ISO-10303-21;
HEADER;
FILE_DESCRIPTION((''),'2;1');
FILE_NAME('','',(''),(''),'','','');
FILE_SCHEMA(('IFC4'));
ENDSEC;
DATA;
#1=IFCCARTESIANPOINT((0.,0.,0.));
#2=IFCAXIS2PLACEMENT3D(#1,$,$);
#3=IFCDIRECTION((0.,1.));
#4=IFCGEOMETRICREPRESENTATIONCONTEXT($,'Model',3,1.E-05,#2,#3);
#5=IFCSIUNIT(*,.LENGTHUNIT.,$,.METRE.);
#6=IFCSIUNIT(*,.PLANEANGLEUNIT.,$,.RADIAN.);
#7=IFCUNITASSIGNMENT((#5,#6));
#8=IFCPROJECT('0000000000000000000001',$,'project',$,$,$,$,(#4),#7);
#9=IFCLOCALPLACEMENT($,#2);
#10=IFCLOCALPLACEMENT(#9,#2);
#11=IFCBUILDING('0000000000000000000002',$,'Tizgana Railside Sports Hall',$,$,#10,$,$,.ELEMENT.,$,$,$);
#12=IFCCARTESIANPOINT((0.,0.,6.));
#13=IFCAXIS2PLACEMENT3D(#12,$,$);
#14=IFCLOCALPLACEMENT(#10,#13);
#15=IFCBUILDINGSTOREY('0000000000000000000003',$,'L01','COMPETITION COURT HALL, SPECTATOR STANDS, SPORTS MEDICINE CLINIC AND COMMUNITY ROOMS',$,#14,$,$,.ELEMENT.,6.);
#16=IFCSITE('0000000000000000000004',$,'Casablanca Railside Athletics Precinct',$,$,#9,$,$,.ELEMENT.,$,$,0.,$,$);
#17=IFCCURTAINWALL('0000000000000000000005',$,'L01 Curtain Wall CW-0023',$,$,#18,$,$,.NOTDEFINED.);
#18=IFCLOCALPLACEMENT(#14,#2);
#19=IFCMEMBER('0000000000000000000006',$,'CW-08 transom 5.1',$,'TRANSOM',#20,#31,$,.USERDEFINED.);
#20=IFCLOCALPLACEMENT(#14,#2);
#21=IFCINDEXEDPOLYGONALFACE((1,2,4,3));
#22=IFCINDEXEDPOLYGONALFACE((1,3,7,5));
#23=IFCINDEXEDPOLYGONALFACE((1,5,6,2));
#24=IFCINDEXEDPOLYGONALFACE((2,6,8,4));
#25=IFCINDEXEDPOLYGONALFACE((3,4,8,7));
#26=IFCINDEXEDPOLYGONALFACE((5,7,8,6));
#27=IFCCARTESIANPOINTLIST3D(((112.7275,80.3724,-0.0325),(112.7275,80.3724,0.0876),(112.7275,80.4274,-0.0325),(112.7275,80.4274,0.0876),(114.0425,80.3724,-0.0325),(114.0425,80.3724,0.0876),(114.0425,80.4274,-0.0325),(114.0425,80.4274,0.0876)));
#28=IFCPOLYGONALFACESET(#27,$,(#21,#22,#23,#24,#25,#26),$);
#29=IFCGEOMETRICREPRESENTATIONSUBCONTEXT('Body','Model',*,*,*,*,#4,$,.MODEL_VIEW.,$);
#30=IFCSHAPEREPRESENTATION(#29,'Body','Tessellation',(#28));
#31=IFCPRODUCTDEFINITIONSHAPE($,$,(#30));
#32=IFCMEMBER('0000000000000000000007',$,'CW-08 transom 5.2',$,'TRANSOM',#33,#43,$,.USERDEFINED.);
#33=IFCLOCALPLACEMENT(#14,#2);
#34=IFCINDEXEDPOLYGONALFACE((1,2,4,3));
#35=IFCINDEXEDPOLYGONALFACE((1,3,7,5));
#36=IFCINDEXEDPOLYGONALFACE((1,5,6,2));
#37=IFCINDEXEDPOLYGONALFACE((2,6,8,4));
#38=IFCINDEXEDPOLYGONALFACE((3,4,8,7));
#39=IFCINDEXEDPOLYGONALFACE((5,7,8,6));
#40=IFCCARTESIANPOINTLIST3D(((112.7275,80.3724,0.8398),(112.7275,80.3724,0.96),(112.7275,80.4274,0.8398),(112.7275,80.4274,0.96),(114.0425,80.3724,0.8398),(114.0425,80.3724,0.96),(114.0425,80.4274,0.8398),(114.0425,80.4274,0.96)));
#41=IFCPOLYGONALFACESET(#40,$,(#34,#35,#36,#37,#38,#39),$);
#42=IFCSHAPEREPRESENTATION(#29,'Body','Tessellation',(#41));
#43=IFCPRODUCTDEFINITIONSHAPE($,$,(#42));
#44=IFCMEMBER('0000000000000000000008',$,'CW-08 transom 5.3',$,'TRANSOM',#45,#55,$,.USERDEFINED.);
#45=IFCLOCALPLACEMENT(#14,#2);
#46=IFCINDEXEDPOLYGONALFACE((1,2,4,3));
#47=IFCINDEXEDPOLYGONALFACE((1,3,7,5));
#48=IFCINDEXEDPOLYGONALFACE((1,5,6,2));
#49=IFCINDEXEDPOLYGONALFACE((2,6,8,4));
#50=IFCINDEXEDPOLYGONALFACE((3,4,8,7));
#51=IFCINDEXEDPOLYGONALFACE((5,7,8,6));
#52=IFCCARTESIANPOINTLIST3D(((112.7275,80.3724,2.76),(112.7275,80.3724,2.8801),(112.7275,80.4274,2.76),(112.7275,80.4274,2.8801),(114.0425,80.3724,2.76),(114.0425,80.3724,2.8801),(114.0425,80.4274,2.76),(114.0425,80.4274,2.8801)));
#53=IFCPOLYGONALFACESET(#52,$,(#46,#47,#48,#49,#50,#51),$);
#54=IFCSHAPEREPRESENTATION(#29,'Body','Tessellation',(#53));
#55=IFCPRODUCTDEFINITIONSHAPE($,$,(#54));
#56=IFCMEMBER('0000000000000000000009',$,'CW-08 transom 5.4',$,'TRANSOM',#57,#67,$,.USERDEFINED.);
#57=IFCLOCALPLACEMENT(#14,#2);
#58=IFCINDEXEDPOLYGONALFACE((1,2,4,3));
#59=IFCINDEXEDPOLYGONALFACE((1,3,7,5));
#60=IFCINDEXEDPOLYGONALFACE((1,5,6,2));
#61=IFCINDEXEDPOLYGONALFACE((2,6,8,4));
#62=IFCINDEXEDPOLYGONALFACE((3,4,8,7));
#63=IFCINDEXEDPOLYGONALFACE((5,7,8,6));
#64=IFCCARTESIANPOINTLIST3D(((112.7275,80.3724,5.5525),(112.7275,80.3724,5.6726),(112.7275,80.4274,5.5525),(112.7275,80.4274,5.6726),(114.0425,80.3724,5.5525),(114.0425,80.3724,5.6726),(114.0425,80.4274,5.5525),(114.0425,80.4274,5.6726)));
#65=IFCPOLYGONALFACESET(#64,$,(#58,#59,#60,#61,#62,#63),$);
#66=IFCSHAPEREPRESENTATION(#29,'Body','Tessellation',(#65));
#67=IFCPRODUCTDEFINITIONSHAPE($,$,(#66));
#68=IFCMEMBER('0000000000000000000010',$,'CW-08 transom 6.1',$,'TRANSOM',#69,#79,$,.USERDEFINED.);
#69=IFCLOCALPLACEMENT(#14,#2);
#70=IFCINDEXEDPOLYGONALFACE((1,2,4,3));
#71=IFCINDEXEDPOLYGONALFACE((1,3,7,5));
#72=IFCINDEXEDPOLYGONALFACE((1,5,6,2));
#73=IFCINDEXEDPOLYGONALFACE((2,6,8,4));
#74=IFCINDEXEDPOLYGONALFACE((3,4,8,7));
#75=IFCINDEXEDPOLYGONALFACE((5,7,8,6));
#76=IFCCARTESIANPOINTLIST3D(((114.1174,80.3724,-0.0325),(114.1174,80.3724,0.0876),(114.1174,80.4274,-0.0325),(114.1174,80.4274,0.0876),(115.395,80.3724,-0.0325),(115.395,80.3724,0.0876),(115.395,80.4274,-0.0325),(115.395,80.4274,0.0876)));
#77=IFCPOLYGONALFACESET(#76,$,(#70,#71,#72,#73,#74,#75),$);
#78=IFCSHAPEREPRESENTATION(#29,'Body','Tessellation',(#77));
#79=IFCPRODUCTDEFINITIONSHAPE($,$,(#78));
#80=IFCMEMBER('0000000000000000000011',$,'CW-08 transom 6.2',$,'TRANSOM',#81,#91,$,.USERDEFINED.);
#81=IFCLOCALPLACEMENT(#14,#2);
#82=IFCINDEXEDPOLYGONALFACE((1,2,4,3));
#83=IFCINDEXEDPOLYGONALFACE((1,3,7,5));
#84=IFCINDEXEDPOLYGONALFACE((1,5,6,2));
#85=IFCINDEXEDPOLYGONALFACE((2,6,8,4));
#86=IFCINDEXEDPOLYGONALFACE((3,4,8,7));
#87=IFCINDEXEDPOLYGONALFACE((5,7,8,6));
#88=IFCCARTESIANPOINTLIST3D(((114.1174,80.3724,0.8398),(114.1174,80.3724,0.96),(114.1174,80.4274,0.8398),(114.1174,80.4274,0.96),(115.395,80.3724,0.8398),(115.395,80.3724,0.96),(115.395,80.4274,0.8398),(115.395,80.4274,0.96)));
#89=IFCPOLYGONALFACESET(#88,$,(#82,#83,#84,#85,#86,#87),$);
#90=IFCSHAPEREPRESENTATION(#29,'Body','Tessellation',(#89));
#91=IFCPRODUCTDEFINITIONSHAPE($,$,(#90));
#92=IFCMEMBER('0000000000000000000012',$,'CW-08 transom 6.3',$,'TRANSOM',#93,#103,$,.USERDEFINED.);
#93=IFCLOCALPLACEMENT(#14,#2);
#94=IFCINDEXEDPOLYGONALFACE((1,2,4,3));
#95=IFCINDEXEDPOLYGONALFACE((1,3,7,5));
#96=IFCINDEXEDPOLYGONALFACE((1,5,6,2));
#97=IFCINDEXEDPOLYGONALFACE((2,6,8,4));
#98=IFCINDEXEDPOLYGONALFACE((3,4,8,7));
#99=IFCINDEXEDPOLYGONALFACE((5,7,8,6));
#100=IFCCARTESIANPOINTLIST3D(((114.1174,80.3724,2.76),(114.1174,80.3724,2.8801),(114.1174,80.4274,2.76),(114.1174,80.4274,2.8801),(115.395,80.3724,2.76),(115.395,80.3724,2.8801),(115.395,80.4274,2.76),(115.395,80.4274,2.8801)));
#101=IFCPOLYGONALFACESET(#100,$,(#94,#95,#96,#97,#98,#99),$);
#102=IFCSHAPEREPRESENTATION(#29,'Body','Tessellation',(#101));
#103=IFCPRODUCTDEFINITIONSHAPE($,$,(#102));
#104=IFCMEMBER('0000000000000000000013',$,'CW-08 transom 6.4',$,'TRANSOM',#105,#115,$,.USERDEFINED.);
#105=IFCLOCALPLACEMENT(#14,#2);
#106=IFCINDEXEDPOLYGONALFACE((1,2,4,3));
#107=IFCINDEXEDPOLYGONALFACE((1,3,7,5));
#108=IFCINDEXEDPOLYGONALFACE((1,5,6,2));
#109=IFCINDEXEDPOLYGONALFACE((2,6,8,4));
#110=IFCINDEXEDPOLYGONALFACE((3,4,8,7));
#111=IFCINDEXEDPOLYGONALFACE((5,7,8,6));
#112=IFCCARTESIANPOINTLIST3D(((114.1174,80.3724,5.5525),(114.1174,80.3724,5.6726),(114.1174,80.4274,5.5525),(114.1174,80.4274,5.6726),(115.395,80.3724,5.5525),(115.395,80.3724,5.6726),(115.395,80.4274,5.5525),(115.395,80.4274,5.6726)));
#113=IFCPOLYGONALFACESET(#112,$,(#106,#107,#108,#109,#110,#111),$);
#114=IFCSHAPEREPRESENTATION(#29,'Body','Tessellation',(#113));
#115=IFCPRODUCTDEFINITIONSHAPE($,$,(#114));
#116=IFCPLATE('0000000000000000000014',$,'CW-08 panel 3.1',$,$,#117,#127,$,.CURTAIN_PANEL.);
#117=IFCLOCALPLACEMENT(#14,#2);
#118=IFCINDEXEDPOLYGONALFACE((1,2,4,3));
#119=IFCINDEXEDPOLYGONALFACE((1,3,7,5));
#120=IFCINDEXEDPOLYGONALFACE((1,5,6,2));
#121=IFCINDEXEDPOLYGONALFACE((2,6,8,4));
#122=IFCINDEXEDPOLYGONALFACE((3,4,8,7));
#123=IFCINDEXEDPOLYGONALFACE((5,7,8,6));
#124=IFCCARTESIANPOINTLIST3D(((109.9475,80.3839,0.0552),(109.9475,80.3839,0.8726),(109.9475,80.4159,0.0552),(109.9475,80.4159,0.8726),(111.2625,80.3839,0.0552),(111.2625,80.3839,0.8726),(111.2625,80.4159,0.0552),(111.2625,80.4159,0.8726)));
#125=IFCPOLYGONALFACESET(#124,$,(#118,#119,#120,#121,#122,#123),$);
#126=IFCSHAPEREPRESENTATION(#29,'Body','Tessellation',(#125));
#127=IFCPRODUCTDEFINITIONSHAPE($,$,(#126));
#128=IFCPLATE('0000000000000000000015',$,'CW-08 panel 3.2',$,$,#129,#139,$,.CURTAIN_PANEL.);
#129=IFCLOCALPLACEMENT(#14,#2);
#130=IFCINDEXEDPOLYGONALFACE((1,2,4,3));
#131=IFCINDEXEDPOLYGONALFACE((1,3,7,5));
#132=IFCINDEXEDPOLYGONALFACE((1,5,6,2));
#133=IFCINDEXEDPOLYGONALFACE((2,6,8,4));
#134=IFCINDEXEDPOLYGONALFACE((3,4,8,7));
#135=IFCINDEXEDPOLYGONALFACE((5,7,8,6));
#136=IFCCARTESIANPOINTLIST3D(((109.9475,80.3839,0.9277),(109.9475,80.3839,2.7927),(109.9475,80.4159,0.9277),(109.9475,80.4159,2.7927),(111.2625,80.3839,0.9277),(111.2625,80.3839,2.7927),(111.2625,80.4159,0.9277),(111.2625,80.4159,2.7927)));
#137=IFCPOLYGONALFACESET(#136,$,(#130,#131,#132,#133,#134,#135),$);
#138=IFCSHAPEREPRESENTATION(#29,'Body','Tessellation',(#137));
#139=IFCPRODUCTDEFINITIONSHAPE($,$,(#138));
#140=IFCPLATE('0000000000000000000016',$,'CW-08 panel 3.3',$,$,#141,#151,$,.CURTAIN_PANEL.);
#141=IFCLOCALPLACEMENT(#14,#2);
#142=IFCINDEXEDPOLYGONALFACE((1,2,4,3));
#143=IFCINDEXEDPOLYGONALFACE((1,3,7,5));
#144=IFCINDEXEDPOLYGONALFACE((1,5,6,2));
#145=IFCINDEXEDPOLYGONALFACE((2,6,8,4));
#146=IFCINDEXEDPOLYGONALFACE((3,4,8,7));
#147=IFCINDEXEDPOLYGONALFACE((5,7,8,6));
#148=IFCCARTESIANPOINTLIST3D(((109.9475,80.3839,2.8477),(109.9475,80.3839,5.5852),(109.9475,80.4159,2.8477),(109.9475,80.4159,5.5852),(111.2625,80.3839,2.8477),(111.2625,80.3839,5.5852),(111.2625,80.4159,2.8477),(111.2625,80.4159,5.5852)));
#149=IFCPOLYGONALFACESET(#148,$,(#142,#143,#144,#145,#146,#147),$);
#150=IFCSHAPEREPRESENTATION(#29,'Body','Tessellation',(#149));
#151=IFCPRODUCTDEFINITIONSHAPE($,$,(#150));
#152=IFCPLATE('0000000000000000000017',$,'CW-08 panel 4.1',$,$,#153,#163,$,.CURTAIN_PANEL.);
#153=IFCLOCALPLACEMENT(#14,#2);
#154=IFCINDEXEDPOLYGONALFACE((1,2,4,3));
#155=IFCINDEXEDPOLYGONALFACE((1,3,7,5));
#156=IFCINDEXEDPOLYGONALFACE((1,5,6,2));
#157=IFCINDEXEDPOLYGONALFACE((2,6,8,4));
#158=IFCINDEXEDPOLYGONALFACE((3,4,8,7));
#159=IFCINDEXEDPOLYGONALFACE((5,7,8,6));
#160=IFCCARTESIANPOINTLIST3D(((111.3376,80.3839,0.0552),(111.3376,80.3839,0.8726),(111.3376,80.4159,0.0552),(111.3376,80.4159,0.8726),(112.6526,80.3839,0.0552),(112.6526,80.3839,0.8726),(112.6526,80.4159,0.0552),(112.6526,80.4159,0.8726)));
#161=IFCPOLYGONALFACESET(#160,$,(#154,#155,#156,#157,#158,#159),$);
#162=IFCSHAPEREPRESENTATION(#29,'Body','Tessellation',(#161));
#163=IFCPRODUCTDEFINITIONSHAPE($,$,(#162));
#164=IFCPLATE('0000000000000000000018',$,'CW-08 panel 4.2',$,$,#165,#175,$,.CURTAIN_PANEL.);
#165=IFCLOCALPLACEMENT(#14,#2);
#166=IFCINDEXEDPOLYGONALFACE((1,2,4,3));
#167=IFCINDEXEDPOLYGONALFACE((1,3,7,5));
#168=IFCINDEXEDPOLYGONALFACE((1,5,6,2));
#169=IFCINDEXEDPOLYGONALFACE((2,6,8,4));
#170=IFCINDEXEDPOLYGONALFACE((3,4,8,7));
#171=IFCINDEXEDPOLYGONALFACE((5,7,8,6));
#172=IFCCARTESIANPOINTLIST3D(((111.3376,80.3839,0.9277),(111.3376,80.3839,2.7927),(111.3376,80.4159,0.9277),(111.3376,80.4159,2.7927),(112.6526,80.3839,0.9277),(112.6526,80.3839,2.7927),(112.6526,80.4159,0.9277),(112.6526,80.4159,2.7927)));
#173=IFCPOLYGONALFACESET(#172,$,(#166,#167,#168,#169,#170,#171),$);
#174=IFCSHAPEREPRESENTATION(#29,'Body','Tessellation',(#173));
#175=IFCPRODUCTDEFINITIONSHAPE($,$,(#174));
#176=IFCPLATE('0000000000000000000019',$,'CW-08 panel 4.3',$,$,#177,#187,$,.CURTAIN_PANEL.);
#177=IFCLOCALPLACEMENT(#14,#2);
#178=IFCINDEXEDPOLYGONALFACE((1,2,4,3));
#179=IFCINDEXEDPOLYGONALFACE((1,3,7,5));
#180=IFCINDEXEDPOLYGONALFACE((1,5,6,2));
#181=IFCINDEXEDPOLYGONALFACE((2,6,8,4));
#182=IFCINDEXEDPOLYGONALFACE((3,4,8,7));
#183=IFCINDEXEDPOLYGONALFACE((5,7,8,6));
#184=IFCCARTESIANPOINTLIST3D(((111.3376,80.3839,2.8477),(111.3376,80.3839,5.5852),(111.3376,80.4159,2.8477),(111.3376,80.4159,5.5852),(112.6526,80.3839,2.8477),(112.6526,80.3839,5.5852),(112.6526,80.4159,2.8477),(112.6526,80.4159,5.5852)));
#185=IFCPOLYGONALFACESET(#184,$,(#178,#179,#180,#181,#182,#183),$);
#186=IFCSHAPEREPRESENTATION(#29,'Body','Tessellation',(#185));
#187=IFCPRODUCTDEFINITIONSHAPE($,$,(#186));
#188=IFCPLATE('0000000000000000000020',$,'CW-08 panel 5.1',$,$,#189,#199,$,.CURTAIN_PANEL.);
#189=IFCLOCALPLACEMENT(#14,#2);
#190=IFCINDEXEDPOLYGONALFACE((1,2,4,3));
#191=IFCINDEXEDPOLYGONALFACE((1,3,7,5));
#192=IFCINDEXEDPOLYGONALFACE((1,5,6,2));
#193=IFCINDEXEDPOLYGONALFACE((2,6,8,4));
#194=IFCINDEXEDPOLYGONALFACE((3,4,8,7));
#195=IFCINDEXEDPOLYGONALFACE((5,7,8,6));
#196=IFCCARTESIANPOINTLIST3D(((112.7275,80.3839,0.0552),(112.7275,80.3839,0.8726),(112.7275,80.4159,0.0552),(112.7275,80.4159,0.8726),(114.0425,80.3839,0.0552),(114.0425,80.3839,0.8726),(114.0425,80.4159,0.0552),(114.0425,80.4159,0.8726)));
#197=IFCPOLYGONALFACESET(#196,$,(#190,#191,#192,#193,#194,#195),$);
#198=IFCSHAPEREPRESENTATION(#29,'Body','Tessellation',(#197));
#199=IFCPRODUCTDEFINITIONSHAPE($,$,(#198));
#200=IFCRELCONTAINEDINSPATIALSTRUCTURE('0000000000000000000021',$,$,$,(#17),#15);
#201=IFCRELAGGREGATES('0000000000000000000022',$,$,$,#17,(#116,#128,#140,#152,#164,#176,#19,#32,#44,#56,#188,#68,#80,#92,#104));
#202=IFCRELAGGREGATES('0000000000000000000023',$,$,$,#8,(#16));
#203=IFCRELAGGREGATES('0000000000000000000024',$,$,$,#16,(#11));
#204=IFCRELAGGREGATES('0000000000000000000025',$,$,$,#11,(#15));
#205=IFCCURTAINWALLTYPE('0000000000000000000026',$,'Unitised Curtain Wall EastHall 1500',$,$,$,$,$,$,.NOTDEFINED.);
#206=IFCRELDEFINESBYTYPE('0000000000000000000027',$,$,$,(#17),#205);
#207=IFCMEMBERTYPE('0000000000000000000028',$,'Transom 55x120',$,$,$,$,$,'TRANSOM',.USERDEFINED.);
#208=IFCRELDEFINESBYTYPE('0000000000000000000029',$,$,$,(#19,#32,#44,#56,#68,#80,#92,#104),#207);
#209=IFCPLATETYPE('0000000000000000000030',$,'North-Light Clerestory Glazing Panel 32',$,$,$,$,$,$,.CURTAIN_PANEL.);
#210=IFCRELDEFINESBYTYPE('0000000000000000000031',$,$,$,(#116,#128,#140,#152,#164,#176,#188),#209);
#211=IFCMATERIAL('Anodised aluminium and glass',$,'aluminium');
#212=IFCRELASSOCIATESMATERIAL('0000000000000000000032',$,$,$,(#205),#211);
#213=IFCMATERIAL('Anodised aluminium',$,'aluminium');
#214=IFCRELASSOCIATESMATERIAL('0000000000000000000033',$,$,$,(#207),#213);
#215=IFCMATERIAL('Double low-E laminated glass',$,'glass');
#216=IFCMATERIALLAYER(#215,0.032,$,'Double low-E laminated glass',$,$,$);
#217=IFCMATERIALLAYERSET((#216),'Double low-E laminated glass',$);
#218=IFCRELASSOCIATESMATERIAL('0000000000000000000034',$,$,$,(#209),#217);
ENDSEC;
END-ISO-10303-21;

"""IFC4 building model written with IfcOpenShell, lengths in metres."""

from ifc_helpers import new_model, si_unit, direction, frame, origin, origin_2d, place, context, subcontext, project, spatial, rectangle, extrude, material, layer, layer_set, material_profile, profile_set, type_object, element, aggregate, save


model = new_model("IFC4")

# Units and contexts
model_context = context("Model", 3, precision=1e-05, world=origin(), true_north=direction((0.0, 1.0)))
body_context = subcontext(model_context, "Body", "Model", "MODEL_VIEW")
ifc_project = project(units=[si_unit("LENGTHUNIT", "METRE"), si_unit("PLANEANGLEUNIT", "RADIAN")], contexts=[model_context])

# Site, building, storey
site_placement = place(None, origin())
site = spatial("IfcSite", under=ifc_project, at=site_placement, Name="Casablanca Railside Athletics Precinct", CompositionType="ELEMENT", RefElevation=0.0)
building_placement = place(site_placement, origin())
building = spatial("IfcBuilding", under=site, at=building_placement, Name="Tizgana Railside Sports Hall", CompositionType="ELEMENT")
storey_placement = place(building_placement, frame((0.0, 0.0, 6.0)))
storey = spatial("IfcBuildingStorey", under=building, at=storey_placement, Name="L01", Description="COMPETITION COURT HALL, SPECTATOR STANDS, SPORTS MEDICINE CLINIC AND COMMUNITY ROOMS", CompositionType="ELEMENT", Elevation=6.0)

# Curtain wall, members, plates
ifc_material_1 = material(Name="Anodised aluminium and glass", Category="aluminium")
curtain_wall_type = type_object("IfcCurtainWallType", Name="Unitised Curtain Wall EastHall 1500", PredefinedType="NOTDEFINED", material=ifc_material_1)
curtain_wall_placement = place(storey_placement, origin())
curtain_wall = element("IfcCurtainWall", 1, at=curtain_wall_placement, inside=storey, type_object=curtain_wall_type, Name="L01 Curtain Wall CW-0023", PredefinedType="NOTDEFINED")
ifc_material_2 = material(Name="Anodised aluminium", Category="aluminium")
ifc_material_profile_1 = material_profile(ifc_material_2, rectangle(XDim=0.0549, YDim=0.1201, at=origin_2d()), Name="Transom 55x120")
ifc_profile_set_1 = profile_set([ifc_material_profile_1], Name="Anodised aluminium")
member_type_1 = type_object("IfcMemberType", Name="Transom 55x120", ElementType="TRANSOM", PredefinedType="USERDEFINED", material=ifc_profile_set_1)
member_1_placement = place(storey_placement, frame((112.7275, 80.3999, 0.0276), z_axis=(1.0, 0.0, 0.0), x_axis=(0.0, 1.0, 0.0)))
member_1 = element("IfcMember", 2, at=member_1_placement, type_object=member_type_1, Name="CW-08 transom 5.1", ObjectType="TRANSOM", PredefinedType="USERDEFINED", context=body_context, shape_type="SweptSolid", body=[
    extrude(rectangle(XDim=0.0549, YDim=0.1201, at=origin_2d()), origin(), (0.0, 0.0, 1.0), 1.3149),
])
member_2_placement = place(storey_placement, frame((112.7275, 80.3999, 0.8999), z_axis=(1.0, 0.0, 0.0), x_axis=(0.0, 1.0, 0.0)))
member_2 = element("IfcMember", 3, at=member_2_placement, type_object=member_type_1, Name="CW-08 transom 5.2", ObjectType="TRANSOM", PredefinedType="USERDEFINED", context=body_context, shape_type="SweptSolid", body=[
    extrude(rectangle(XDim=0.0549, YDim=0.1201, at=origin_2d()), origin(), (0.0, 0.0, 1.0), 1.3149),
])
member_3_placement = place(storey_placement, frame((112.7275, 80.3999, 2.8201), z_axis=(1.0, 0.0, 0.0), x_axis=(0.0, 1.0, 0.0)))
member_3 = element("IfcMember", 4, at=member_3_placement, type_object=member_type_1, Name="CW-08 transom 5.3", ObjectType="TRANSOM", PredefinedType="USERDEFINED", context=body_context, shape_type="SweptSolid", body=[
    extrude(rectangle(XDim=0.0549, YDim=0.1201, at=origin_2d()), origin(), (0.0, 0.0, 1.0), 1.3149),
])
member_4_placement = place(storey_placement, frame((112.7275, 80.3999, 5.6125), z_axis=(1.0, 0.0, 0.0), x_axis=(0.0, 1.0, 0.0)))
member_4 = element("IfcMember", 5, at=member_4_placement, type_object=member_type_1, Name="CW-08 transom 5.4", ObjectType="TRANSOM", PredefinedType="USERDEFINED", context=body_context, shape_type="SweptSolid", body=[
    extrude(rectangle(XDim=0.0549, YDim=0.1201, at=origin_2d()), origin(), (0.0, 0.0, 1.0), 1.3149),
])
member_5_placement = place(storey_placement, frame((114.1174, 80.3999, 0.0276), z_axis=(1.0, 0.0, 0.0), x_axis=(0.0, 1.0, 0.0)))
member_5 = element("IfcMember", 6, at=member_5_placement, type_object=member_type_1, Name="CW-08 transom 6.1", ObjectType="TRANSOM", PredefinedType="USERDEFINED", context=body_context, shape_type="SweptSolid", body=[
    extrude(rectangle(XDim=0.0549, YDim=0.1201, at=origin_2d()), origin(), (0.0, 0.0, 1.0), 1.2776),
])
member_6_placement = place(storey_placement, frame((114.1174, 80.3999, 0.8999), z_axis=(1.0, 0.0, 0.0), x_axis=(0.0, 1.0, 0.0)))
member_6 = element("IfcMember", 7, at=member_6_placement, type_object=member_type_1, Name="CW-08 transom 6.2", ObjectType="TRANSOM", PredefinedType="USERDEFINED", context=body_context, shape_type="SweptSolid", body=[
    extrude(rectangle(XDim=0.0549, YDim=0.1201, at=origin_2d()), origin(), (0.0, 0.0, 1.0), 1.2776),
])
member_7_placement = place(storey_placement, frame((114.1174, 80.3999, 2.8201), z_axis=(1.0, 0.0, 0.0), x_axis=(0.0, 1.0, 0.0)))
member_7 = element("IfcMember", 8, at=member_7_placement, type_object=member_type_1, Name="CW-08 transom 6.3", ObjectType="TRANSOM", PredefinedType="USERDEFINED", context=body_context, shape_type="SweptSolid", body=[
    extrude(rectangle(XDim=0.0549, YDim=0.1201, at=origin_2d()), origin(), (0.0, 0.0, 1.0), 1.2776),
])
member_8_placement = place(storey_placement, frame((114.1174, 80.3999, 5.6125), z_axis=(1.0, 0.0, 0.0), x_axis=(0.0, 1.0, 0.0)))
member_8 = element("IfcMember", 9, at=member_8_placement, type_object=member_type_1, Name="CW-08 transom 6.4", ObjectType="TRANSOM", PredefinedType="USERDEFINED", context=body_context, shape_type="SweptSolid", body=[
    extrude(rectangle(XDim=0.0549, YDim=0.1201, at=origin_2d()), origin(), (0.0, 0.0, 1.0), 1.2776),
])
ifc_material_3 = material(Name="Double low-E laminated glass", Category="glass")
ifc_layer = layer(ifc_material_3, 0.032, Name="Double low-E laminated glass")
ifc_layer_set = layer_set([ifc_layer], Name="Double low-E laminated glass")
plate_type = type_object("IfcPlateType", Name="North-Light Clerestory Glazing Panel 32", PredefinedType="CURTAIN_PANEL", material=ifc_layer_set)
plate_1_placement = place(storey_placement, frame((110.605, 80.3999, 0.0552), z_axis=(0.0, 0.0, 1.0), x_axis=(1.0, 0.0, 0.0)))
plate_1 = element("IfcPlate", 10, at=plate_1_placement, type_object=plate_type, Name="CW-08 panel 3.1", PredefinedType="CURTAIN_PANEL", context=body_context, shape_type="SweptSolid", body=[
    extrude(rectangle(XDim=1.3149, YDim=0.032, at=origin_2d()), origin(), (0.0, 0.0, 1.0), 0.8174),
])
plate_2_placement = place(storey_placement, frame((110.605, 80.3999, 0.9277), z_axis=(0.0, 0.0, 1.0), x_axis=(1.0, 0.0, 0.0)))
plate_2 = element("IfcPlate", 11, at=plate_2_placement, type_object=plate_type, Name="CW-08 panel 3.2", PredefinedType="CURTAIN_PANEL", context=body_context, shape_type="SweptSolid", body=[
    extrude(rectangle(XDim=1.3149, YDim=0.032, at=origin_2d()), origin(), (0.0, 0.0, 1.0), 1.865),
])
plate_3_placement = place(storey_placement, frame((110.605, 80.3999, 2.8477), z_axis=(0.0, 0.0, 1.0), x_axis=(1.0, 0.0, 0.0)))
plate_3 = element("IfcPlate", 12, at=plate_3_placement, type_object=plate_type, Name="CW-08 panel 3.3", PredefinedType="CURTAIN_PANEL", context=body_context, shape_type="SweptSolid", body=[
    extrude(rectangle(XDim=1.3149, YDim=0.032, at=origin_2d()), origin(), (0.0, 0.0, 1.0), 2.7375),
])
plate_4_placement = place(storey_placement, frame((111.9951, 80.3999, 0.0552), z_axis=(0.0, 0.0, 1.0), x_axis=(1.0, 0.0, 0.0)))
plate_4 = element("IfcPlate", 13, at=plate_4_placement, type_object=plate_type, Name="CW-08 panel 4.1", PredefinedType="CURTAIN_PANEL", context=body_context, shape_type="SweptSolid", body=[
    extrude(rectangle(XDim=1.3149, YDim=0.032, at=origin_2d()), origin(), (0.0, 0.0, 1.0), 0.8174),
])
plate_5_placement = place(storey_placement, frame((111.9951, 80.3999, 0.9277), z_axis=(0.0, 0.0, 1.0), x_axis=(1.0, 0.0, 0.0)))
plate_5 = element("IfcPlate", 14, at=plate_5_placement, type_object=plate_type, Name="CW-08 panel 4.2", PredefinedType="CURTAIN_PANEL", context=body_context, shape_type="SweptSolid", body=[
    extrude(rectangle(XDim=1.3149, YDim=0.032, at=origin_2d()), origin(), (0.0, 0.0, 1.0), 1.865),
])
plate_6_placement = place(storey_placement, frame((111.9951, 80.3999, 2.8477), z_axis=(0.0, 0.0, 1.0), x_axis=(1.0, 0.0, 0.0)))
plate_6 = element("IfcPlate", 15, at=plate_6_placement, type_object=plate_type, Name="CW-08 panel 4.3", PredefinedType="CURTAIN_PANEL", context=body_context, shape_type="SweptSolid", body=[
    extrude(rectangle(XDim=1.3149, YDim=0.032, at=origin_2d()), origin(), (0.0, 0.0, 1.0), 2.7375),
])
plate_7_placement = place(storey_placement, frame((113.385, 80.3999, 0.0552), z_axis=(0.0, 0.0, 1.0), x_axis=(1.0, 0.0, 0.0)))
plate_7 = element("IfcPlate", 16, at=plate_7_placement, type_object=plate_type, Name="CW-08 panel 5.1", PredefinedType="CURTAIN_PANEL", context=body_context, shape_type="SweptSolid", body=[
    extrude(rectangle(XDim=1.3149, YDim=0.032, at=origin_2d()), origin(), (0.0, 0.0, 1.0), 0.8174),
])
aggregate(curtain_wall, [plate_1, plate_2, plate_3, plate_4, plate_5, plate_6, member_1, member_2, member_3, member_4, plate_7, member_5, member_6, member_7, member_8])

save(model, "model.ifc")
